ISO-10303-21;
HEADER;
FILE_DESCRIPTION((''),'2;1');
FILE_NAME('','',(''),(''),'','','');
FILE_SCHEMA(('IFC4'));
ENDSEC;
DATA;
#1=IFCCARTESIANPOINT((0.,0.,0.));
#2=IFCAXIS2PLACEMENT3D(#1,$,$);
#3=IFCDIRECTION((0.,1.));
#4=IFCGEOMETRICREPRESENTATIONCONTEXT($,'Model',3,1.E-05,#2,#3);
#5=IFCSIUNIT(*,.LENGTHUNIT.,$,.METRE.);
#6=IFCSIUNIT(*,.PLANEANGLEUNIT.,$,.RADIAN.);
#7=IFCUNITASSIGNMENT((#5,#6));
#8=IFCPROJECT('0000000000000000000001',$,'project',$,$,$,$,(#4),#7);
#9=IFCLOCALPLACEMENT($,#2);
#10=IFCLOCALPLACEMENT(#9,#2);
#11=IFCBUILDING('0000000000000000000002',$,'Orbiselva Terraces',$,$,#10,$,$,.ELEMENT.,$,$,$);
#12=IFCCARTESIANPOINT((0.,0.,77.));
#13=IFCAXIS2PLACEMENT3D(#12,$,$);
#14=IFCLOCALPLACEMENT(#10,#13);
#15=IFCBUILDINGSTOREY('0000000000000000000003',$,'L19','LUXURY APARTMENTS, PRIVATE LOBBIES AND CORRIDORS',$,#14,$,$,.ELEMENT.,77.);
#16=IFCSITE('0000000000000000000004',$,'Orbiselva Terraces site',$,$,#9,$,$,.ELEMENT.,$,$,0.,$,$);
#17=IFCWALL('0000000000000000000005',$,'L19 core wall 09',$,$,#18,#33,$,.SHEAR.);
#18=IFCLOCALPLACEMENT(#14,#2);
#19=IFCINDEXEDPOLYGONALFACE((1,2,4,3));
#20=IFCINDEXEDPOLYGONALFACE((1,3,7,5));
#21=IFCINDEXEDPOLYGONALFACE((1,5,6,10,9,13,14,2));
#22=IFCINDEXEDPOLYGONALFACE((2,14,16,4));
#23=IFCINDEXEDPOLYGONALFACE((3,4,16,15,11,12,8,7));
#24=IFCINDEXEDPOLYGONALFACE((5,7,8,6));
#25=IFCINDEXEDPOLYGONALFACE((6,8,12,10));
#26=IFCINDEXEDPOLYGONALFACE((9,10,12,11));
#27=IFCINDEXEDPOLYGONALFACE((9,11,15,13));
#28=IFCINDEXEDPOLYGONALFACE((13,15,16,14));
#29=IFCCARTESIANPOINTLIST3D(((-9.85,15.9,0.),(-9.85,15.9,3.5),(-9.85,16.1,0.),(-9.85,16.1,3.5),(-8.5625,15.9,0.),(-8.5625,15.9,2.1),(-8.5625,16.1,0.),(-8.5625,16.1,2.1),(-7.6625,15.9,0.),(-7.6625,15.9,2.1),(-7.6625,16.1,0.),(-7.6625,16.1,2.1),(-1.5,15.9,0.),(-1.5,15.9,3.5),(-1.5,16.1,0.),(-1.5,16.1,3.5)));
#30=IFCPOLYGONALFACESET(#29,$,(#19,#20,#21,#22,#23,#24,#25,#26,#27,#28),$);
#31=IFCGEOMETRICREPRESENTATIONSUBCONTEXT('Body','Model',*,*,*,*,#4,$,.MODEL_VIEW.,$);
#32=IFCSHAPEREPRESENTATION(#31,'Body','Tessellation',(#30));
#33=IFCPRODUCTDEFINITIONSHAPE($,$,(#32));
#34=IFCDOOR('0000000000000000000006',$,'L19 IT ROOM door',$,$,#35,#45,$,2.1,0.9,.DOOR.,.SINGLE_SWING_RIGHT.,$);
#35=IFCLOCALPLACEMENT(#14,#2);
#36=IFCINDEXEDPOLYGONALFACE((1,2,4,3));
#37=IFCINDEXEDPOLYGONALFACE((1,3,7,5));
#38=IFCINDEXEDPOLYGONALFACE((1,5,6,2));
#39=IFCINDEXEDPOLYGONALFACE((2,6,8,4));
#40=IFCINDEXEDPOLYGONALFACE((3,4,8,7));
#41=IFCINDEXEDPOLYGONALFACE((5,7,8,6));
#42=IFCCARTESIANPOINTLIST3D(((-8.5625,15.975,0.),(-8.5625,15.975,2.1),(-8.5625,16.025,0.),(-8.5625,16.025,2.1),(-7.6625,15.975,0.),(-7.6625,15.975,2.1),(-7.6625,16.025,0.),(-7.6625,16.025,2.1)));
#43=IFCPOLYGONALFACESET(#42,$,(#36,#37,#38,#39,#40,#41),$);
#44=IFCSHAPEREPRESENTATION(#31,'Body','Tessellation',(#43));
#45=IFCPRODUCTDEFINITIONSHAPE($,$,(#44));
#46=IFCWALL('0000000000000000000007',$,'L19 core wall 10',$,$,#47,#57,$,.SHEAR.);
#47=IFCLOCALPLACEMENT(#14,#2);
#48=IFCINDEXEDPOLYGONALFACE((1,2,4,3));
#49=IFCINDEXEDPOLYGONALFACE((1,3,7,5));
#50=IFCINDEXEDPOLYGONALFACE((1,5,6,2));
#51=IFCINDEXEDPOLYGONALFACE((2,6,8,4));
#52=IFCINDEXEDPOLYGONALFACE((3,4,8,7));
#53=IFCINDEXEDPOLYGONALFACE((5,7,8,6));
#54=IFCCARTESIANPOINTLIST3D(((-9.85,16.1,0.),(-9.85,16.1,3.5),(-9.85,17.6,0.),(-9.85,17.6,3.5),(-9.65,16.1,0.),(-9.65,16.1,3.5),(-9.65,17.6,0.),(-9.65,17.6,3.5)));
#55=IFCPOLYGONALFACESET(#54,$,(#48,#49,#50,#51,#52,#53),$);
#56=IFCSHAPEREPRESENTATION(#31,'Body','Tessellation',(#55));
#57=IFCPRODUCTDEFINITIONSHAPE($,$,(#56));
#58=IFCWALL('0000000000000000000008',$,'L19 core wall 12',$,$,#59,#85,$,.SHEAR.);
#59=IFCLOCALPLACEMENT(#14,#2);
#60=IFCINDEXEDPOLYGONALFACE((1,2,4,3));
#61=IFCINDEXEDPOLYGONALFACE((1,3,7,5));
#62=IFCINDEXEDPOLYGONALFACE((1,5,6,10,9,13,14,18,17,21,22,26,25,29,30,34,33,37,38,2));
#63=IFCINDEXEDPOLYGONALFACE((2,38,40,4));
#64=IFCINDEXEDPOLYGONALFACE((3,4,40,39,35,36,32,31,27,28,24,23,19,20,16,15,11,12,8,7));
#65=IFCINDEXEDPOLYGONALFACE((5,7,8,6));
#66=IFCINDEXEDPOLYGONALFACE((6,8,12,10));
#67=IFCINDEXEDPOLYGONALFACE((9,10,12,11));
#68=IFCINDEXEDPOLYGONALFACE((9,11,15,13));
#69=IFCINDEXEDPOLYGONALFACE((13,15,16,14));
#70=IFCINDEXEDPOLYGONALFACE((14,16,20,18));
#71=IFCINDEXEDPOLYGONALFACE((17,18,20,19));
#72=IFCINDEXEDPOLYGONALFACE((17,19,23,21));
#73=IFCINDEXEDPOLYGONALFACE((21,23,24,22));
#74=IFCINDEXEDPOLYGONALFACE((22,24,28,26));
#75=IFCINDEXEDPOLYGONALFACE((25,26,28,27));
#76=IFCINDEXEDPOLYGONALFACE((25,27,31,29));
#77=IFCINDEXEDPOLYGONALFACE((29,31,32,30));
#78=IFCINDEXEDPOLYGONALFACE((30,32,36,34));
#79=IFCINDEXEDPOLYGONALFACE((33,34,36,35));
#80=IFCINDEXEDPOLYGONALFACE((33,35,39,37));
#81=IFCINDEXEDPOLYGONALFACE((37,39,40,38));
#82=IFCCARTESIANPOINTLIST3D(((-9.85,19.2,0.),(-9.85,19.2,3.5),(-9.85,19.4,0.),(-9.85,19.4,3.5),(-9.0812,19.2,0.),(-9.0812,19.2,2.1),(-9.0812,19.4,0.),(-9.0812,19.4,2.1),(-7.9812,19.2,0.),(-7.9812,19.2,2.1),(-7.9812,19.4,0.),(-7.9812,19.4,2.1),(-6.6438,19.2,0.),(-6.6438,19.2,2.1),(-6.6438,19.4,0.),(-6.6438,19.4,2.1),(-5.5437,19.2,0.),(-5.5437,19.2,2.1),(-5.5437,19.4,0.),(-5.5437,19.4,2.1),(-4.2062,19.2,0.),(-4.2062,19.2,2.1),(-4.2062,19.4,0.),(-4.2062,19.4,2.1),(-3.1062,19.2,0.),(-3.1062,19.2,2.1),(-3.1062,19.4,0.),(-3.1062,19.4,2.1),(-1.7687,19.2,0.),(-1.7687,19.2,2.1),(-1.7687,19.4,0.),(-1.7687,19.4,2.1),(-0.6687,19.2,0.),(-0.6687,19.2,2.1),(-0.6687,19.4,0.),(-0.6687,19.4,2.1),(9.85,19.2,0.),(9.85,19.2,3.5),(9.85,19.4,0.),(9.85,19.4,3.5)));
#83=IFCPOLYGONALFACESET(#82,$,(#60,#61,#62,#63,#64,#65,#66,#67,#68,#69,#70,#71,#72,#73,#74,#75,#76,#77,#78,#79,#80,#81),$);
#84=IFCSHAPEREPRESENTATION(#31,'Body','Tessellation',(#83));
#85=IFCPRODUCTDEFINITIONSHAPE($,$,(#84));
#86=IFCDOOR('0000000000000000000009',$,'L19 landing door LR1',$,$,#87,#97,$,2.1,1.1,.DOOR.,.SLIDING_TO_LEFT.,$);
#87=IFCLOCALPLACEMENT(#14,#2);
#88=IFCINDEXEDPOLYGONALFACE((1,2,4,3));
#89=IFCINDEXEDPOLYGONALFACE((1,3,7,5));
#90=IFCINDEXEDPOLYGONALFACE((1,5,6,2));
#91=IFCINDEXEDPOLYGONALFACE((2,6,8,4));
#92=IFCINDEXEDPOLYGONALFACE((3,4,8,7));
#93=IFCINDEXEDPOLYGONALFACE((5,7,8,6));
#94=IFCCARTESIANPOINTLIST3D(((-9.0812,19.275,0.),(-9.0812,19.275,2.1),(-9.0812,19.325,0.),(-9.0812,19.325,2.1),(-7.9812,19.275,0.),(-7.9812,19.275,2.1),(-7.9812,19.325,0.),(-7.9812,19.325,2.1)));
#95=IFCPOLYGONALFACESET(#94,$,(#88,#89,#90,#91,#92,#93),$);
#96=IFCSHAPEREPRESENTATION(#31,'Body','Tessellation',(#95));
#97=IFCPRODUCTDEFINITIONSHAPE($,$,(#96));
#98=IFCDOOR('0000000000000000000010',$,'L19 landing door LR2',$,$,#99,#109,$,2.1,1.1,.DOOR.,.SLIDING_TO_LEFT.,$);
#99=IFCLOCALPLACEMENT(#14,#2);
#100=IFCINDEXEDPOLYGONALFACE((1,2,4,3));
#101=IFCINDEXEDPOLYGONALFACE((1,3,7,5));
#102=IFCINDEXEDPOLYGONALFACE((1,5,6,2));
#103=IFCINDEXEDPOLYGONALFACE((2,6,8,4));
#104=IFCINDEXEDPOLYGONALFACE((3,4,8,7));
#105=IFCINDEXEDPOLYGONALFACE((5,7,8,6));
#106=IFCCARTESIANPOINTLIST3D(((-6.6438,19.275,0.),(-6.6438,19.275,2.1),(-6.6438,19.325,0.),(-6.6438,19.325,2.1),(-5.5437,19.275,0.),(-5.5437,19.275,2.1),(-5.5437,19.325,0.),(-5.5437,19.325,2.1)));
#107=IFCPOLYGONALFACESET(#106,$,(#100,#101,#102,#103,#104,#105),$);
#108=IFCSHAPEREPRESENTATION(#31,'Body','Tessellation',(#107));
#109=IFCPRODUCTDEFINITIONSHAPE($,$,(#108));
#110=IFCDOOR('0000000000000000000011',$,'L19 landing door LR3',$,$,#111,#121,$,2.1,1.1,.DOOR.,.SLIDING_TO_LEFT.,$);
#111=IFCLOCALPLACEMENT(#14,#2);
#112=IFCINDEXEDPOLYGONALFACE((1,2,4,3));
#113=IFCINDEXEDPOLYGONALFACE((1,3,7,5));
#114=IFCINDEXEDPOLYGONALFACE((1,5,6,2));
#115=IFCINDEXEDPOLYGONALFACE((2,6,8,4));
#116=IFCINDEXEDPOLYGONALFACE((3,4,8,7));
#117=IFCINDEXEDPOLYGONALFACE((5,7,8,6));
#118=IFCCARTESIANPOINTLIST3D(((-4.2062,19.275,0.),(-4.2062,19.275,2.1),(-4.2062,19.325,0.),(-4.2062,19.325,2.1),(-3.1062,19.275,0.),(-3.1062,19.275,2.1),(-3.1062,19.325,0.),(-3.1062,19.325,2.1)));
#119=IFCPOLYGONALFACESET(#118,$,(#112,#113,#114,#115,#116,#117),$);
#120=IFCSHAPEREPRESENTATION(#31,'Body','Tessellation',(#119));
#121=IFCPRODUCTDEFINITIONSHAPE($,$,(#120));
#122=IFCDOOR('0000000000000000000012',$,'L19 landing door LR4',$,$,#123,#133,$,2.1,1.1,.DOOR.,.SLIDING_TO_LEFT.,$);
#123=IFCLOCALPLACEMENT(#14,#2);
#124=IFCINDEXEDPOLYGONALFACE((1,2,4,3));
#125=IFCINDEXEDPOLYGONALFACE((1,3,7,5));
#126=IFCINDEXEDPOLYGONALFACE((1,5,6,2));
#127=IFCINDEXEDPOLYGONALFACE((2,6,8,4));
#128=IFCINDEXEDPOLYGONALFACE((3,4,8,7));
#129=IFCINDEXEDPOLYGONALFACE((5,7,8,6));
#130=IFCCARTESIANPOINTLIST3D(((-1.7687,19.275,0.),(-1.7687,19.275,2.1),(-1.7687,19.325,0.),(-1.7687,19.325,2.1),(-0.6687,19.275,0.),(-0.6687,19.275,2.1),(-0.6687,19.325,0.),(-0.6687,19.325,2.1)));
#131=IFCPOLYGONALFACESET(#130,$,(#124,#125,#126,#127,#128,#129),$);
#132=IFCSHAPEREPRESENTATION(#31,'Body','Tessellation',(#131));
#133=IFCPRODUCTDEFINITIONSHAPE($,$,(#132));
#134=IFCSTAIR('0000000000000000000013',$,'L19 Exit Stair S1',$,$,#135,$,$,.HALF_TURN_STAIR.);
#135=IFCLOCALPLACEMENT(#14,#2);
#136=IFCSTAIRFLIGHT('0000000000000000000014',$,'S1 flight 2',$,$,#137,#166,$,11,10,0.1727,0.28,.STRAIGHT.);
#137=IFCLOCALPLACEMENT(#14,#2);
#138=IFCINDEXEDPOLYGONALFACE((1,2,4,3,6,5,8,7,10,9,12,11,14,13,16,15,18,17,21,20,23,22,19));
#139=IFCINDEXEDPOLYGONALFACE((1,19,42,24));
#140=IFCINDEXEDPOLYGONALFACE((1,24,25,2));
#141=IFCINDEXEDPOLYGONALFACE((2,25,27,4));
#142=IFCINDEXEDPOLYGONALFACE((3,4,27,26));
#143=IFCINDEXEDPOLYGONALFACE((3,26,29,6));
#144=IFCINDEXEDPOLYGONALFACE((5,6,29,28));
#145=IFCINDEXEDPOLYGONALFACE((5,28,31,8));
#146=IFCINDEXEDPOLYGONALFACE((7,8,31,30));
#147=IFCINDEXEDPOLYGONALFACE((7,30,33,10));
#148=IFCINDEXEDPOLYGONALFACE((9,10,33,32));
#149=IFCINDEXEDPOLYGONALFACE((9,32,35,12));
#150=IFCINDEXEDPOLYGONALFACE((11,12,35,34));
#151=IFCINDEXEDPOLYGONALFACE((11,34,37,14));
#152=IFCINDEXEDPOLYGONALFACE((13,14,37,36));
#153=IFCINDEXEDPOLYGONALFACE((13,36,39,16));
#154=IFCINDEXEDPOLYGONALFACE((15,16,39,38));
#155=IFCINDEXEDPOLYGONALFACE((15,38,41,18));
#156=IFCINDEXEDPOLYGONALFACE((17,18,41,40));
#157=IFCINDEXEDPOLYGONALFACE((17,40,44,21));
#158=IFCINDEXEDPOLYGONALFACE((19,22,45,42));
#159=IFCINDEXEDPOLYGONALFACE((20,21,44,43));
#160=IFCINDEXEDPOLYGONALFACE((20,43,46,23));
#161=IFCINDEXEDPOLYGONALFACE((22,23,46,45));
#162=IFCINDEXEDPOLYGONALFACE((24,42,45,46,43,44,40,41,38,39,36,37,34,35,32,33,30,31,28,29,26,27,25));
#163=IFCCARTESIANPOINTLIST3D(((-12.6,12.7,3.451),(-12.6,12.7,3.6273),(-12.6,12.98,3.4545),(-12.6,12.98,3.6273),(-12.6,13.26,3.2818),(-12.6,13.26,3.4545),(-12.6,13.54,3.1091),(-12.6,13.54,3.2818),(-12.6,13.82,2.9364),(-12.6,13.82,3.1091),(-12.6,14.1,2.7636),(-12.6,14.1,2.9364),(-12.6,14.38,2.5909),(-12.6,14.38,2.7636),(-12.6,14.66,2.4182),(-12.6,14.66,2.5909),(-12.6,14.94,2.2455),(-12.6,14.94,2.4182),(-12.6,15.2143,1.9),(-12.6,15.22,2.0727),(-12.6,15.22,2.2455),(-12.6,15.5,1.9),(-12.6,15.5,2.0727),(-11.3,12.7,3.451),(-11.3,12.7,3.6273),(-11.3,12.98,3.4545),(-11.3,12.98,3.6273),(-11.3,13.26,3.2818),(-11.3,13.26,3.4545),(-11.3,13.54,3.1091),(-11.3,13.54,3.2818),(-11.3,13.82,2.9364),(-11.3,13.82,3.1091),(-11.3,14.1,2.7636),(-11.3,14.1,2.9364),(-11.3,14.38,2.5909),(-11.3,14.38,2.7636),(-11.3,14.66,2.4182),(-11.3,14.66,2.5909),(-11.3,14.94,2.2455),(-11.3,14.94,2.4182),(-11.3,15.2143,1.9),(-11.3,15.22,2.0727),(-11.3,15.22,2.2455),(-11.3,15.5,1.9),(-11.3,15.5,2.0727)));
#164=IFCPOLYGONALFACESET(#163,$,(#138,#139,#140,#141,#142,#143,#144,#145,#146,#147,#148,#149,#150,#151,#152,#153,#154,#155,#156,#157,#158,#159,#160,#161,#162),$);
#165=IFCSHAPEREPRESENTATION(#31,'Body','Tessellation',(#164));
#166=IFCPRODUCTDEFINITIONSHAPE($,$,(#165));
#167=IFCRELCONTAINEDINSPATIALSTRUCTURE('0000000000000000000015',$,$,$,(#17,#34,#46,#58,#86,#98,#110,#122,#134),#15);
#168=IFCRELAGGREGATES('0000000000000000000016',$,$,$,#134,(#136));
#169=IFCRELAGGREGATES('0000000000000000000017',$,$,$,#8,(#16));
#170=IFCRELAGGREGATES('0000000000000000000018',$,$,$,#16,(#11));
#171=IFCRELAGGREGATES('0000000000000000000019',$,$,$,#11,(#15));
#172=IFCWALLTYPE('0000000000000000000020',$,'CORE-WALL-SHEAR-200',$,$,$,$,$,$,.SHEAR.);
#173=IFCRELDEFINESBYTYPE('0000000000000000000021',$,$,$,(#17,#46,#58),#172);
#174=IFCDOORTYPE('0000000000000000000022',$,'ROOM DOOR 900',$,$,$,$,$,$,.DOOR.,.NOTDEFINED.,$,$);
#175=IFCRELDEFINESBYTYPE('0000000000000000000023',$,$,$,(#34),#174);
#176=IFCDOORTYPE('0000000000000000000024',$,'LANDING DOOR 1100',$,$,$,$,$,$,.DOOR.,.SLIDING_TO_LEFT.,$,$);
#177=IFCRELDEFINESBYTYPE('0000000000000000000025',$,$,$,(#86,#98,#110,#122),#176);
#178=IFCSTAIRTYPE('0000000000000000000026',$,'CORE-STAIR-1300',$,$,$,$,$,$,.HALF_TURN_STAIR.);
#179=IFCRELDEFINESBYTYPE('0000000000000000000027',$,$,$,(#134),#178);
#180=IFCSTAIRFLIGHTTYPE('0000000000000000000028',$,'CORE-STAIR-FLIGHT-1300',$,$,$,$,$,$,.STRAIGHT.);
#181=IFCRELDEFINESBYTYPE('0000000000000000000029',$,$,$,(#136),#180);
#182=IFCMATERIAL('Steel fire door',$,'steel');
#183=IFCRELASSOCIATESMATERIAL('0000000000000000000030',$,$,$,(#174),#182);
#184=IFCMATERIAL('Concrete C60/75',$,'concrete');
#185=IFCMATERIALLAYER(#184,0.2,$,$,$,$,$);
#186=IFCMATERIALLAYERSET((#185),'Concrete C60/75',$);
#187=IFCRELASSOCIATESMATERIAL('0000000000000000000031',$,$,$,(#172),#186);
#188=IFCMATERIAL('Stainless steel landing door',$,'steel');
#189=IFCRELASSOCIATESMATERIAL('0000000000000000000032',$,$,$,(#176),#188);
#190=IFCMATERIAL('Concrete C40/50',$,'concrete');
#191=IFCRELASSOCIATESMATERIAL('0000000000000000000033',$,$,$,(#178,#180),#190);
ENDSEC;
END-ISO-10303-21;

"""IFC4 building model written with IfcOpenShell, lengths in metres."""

from ifc_helpers import new_model, si_unit, direction, frame, frame_2d, origin, place, context, subcontext, project, spatial, polyline, rectangle, outline, extrude, material, layer, layer_set, type_object, element, fill, aggregate, save


model = new_model("IFC4")

# Units and contexts
model_context = context("Model", 3, precision=1e-05, world=origin(), true_north=direction((0.0, 1.0)))
body_context = subcontext(model_context, "Body", "Model", "MODEL_VIEW")
ifc_project = project(units=[si_unit("LENGTHUNIT", "METRE"), si_unit("PLANEANGLEUNIT", "RADIAN")], contexts=[model_context])

# Site, building, storey
site_placement = place(None, origin())
site = spatial("IfcSite", under=ifc_project, at=site_placement, Name="Orbiselva Terraces site", CompositionType="ELEMENT", RefElevation=0.0)
building_placement = place(site_placement, origin())
building = spatial("IfcBuilding", under=site, at=building_placement, Name="Orbiselva Terraces", CompositionType="ELEMENT")
storey_placement = place(building_placement, frame((0.0, 0.0, 77.0)))
storey = spatial("IfcBuildingStorey", under=building, at=storey_placement, Name="L19", Description="LUXURY APARTMENTS, PRIVATE LOBBIES AND CORRIDORS", CompositionType="ELEMENT", Elevation=77.0)

# Shared definitions
ifc_material_1 = material(Name="Steel fire door", Category="steel")
door_type_1 = type_object("IfcDoorType", Name="ROOM DOOR 900", OperationType="NOTDEFINED", PredefinedType="DOOR", material=ifc_material_1)

# Shared definitions
ifc_material_2 = material(Name="Concrete C40/50", Category="concrete")
ifc_material_3 = material(Name="Concrete C60/75", Category="concrete")
ifc_layer_1 = layer(ifc_material_3, 0.2)
ifc_layer_set_1 = layer_set([ifc_layer_1], Name="Concrete C60/75")
wall_type_1 = type_object("IfcWallType", Name="CORE-WALL-SHEAR-200", PredefinedType="SHEAR", material=ifc_layer_set_1)

# Wall, opening, door
wall_1_placement = place(storey_placement, frame((-1.5, 16.0, 0.0), z_axis=(0.0, 0.0, 1.0), x_axis=(-1.0, 0.0, 0.0)))
wall_1 = element("IfcWall", 1, at=wall_1_placement, inside=storey, type_object=wall_type_1, Name="L19 core wall 09", PredefinedType="SHEAR", context=body_context, shape_type="SweptSolid", body=[
    extrude(rectangle(XDim=8.35, YDim=0.2, at=frame_2d((4.175, 0.0))), origin(), (0.0, 0.0, 1.0), 3.5),
])
opening_1_placement = place(wall_1_placement, frame((6.1625, 0.0, 0.0)))
opening_1 = element("IfcOpeningElement", 2, at=opening_1_placement, cuts=wall_1, PredefinedType="OPENING", context=body_context, shape_type="SweptSolid", body=[
    extrude(rectangle(XDim=0.9, YDim=2.1, at=frame_2d((0.45, 1.05))), frame((0.0, 0.11, 0.0), z_axis=(0.0, -1.0, 0.0), x_axis=(1.0, 0.0, 0.0)), (0.0, 0.0, 1.0), 0.22),
])
door_1_placement = place(opening_1_placement, origin())
door_1 = element("IfcDoor", 3, at=door_1_placement, inside=storey, type_object=door_type_1, Name="L19 IT ROOM door", OperationType="SINGLE_SWING_RIGHT", OverallHeight=2.1, OverallWidth=0.9, PredefinedType="DOOR", context=body_context, shape_type="SweptSolid", body=[
    extrude(rectangle(XDim=0.9, YDim=2.1, at=frame_2d((0.45, 1.05))), frame((0.0, 0.025, 0.0), z_axis=(0.0, -1.0, 0.0), x_axis=(1.0, 0.0, 0.0)), (0.0, 0.0, 1.0), 0.05),
])
fill(opening_1, door_1)

# Wall
wall_2_placement = place(storey_placement, frame((-9.75, 16.1, 0.0), z_axis=(0.0, 0.0, 1.0), x_axis=(0.0, 1.0, 0.0)))
element("IfcWall", 4, at=wall_2_placement, inside=storey, type_object=wall_type_1, Name="L19 core wall 10", PredefinedType="SHEAR", context=body_context, shape_type="SweptSolid", body=[
    extrude(rectangle(XDim=1.5, YDim=0.2, at=frame_2d((0.75, 0.0))), origin(), (0.0, 0.0, 1.0), 3.5),
])

# Wall, openings, doors
wall_3_placement = place(storey_placement, frame((-9.85, 19.3, 0.0), z_axis=(0.0, 0.0, 1.0), x_axis=(1.0, 0.0, 0.0)))
wall_3 = element("IfcWall", 5, at=wall_3_placement, inside=storey, type_object=wall_type_1, Name="L19 core wall 12", PredefinedType="SHEAR", context=body_context, shape_type="SweptSolid", body=[
    extrude(rectangle(XDim=19.7, YDim=0.2, at=frame_2d((9.85, 0.0))), origin(), (0.0, 0.0, 1.0), 3.5),
])
opening_2_placement = place(wall_3_placement, frame((0.7688, 0.0, 0.0)))
opening_2 = element("IfcOpeningElement", 6, at=opening_2_placement, cuts=wall_3, PredefinedType="OPENING", context=body_context, shape_type="SweptSolid", body=[
    extrude(rectangle(XDim=1.1, YDim=2.1, at=frame_2d((0.55, 1.05))), frame((0.0, 0.11, 0.0), z_axis=(0.0, -1.0, 0.0), x_axis=(1.0, 0.0, 0.0)), (0.0, 0.0, 1.0), 0.22),
])
opening_3_placement = place(wall_3_placement, frame((3.2062, 0.0, 0.0)))
opening_3 = element("IfcOpeningElement", 7, at=opening_3_placement, cuts=wall_3, PredefinedType="OPENING", context=body_context, shape_type="SweptSolid", body=[
    extrude(rectangle(XDim=1.1, YDim=2.1, at=frame_2d((0.55, 1.05))), frame((0.0, 0.11, 0.0), z_axis=(0.0, -1.0, 0.0), x_axis=(1.0, 0.0, 0.0)), (0.0, 0.0, 1.0), 0.22),
])
opening_4_placement = place(wall_3_placement, frame((5.6437, 0.0, 0.0)))
opening_4 = element("IfcOpeningElement", 8, at=opening_4_placement, cuts=wall_3, PredefinedType="OPENING", context=body_context, shape_type="SweptSolid", body=[
    extrude(rectangle(XDim=1.1, YDim=2.1, at=frame_2d((0.55, 1.05))), frame((0.0, 0.11, 0.0), z_axis=(0.0, -1.0, 0.0), x_axis=(1.0, 0.0, 0.0)), (0.0, 0.0, 1.0), 0.22),
])
opening_5_placement = place(wall_3_placement, frame((8.0813, 0.0, 0.0)))
opening_5 = element("IfcOpeningElement", 9, at=opening_5_placement, cuts=wall_3, PredefinedType="OPENING", context=body_context, shape_type="SweptSolid", body=[
    extrude(rectangle(XDim=1.1, YDim=2.1, at=frame_2d((0.55, 1.05))), frame((0.0, 0.11, 0.0), z_axis=(0.0, -1.0, 0.0), x_axis=(1.0, 0.0, 0.0)), (0.0, 0.0, 1.0), 0.22),
])
ifc_material_4 = material(Name="Stainless steel landing door", Category="steel")
door_type_2 = type_object("IfcDoorType", Name="LANDING DOOR 1100", OperationType="SLIDING_TO_LEFT", PredefinedType="DOOR", material=ifc_material_4)
door_2_placement = place(opening_2_placement, origin())
door_2 = element("IfcDoor", 10, at=door_2_placement, inside=storey, type_object=door_type_2, Name="L19 landing door LR1", OperationType="SLIDING_TO_LEFT", OverallHeight=2.1, OverallWidth=1.1, PredefinedType="DOOR", context=body_context, shape_type="SweptSolid", body=[
    extrude(rectangle(XDim=1.1, YDim=2.1, at=frame_2d((0.55, 1.05))), frame((0.0, 0.025, 0.0), z_axis=(0.0, -1.0, 0.0), x_axis=(1.0, 0.0, 0.0)), (0.0, 0.0, 1.0), 0.05),
])
fill(opening_2, door_2)
door_3_placement = place(opening_3_placement, origin())
door_3 = element("IfcDoor", 11, at=door_3_placement, inside=storey, type_object=door_type_2, Name="L19 landing door LR2", OperationType="SLIDING_TO_LEFT", OverallHeight=2.1, OverallWidth=1.1, PredefinedType="DOOR", context=body_context, shape_type="SweptSolid", body=[
    extrude(rectangle(XDim=1.1, YDim=2.1, at=frame_2d((0.55, 1.05))), frame((0.0, 0.025, 0.0), z_axis=(0.0, -1.0, 0.0), x_axis=(1.0, 0.0, 0.0)), (0.0, 0.0, 1.0), 0.05),
])
fill(opening_3, door_3)
door_4_placement = place(opening_4_placement, origin())
door_4 = element("IfcDoor", 12, at=door_4_placement, inside=storey, type_object=door_type_2, Name="L19 landing door LR3", OperationType="SLIDING_TO_LEFT", OverallHeight=2.1, OverallWidth=1.1, PredefinedType="DOOR", context=body_context, shape_type="SweptSolid", body=[
    extrude(rectangle(XDim=1.1, YDim=2.1, at=frame_2d((0.55, 1.05))), frame((0.0, 0.025, 0.0), z_axis=(0.0, -1.0, 0.0), x_axis=(1.0, 0.0, 0.0)), (0.0, 0.0, 1.0), 0.05),
])
fill(opening_4, door_4)
door_5_placement = place(opening_5_placement, origin())
door_5 = element("IfcDoor", 13, at=door_5_placement, inside=storey, type_object=door_type_2, Name="L19 landing door LR4", OperationType="SLIDING_TO_LEFT", OverallHeight=2.1, OverallWidth=1.1, PredefinedType="DOOR", context=body_context, shape_type="SweptSolid", body=[
    extrude(rectangle(XDim=1.1, YDim=2.1, at=frame_2d((0.55, 1.05))), frame((0.0, 0.025, 0.0), z_axis=(0.0, -1.0, 0.0), x_axis=(1.0, 0.0, 0.0)), (0.0, 0.0, 1.0), 0.05),
])
fill(opening_5, door_5)

# Stair, stair flight
stair_type = type_object("IfcStairType", Name="CORE-STAIR-1300", PredefinedType="HALF_TURN_STAIR", material=ifc_material_2)
stair_placement = place(storey_placement, origin())
stair = element("IfcStair", 14, at=stair_placement, inside=storey, type_object=stair_type, Name="L19 Exit Stair S1", PredefinedType="HALF_TURN_STAIR")
stair_flight_type = type_object("IfcStairFlightType", Name="CORE-STAIR-FLIGHT-1300", PredefinedType="STRAIGHT", material=ifc_material_2)
stair_flight_placement = place(storey_placement, frame((-11.95, 15.5, 1.9), z_axis=(0.0, 0.0, 1.0), x_axis=(0.0, -1.0, 0.0)))
stair_flight = element("IfcStairFlight", 15, at=stair_flight_placement, type_object=stair_flight_type, Name="S1 flight 2", NumberOfRisers=11, NumberOfTreads=10, PredefinedType="STRAIGHT", RiserHeight=0.1727, TreadLength=0.28, context=body_context, shape_type="SweptSolid", body=[
    extrude(outline(polyline([(0.0, 0.0), (0.0, 0.1727), (0.28, 0.1727), (0.28, 0.3455), (0.56, 0.3455), (0.56, 0.5182), (0.84, 0.5182), (0.84, 0.6909), (1.12, 0.6909), (1.12, 0.8636), (1.4, 0.8636), (1.4, 1.0364), (1.68, 1.0364), (1.68, 1.2091), (1.96, 1.2091), (1.96, 1.3818), (2.24, 1.3818), (2.24, 1.5545), (2.52, 1.5545), (2.52, 1.7273), (2.8, 1.7273), (2.8, 1.9), (2.8, 1.551), (0.2857, 0.0), (0.0, 0.0)])), frame((0.0, 0.65, 0.0), z_axis=(0.0, -1.0, 0.0), x_axis=(1.0, 0.0, 0.0)), (0.0, 0.0, 1.0), 1.3),
])
aggregate(stair, [stair_flight])

save(model, "model.ifc")
